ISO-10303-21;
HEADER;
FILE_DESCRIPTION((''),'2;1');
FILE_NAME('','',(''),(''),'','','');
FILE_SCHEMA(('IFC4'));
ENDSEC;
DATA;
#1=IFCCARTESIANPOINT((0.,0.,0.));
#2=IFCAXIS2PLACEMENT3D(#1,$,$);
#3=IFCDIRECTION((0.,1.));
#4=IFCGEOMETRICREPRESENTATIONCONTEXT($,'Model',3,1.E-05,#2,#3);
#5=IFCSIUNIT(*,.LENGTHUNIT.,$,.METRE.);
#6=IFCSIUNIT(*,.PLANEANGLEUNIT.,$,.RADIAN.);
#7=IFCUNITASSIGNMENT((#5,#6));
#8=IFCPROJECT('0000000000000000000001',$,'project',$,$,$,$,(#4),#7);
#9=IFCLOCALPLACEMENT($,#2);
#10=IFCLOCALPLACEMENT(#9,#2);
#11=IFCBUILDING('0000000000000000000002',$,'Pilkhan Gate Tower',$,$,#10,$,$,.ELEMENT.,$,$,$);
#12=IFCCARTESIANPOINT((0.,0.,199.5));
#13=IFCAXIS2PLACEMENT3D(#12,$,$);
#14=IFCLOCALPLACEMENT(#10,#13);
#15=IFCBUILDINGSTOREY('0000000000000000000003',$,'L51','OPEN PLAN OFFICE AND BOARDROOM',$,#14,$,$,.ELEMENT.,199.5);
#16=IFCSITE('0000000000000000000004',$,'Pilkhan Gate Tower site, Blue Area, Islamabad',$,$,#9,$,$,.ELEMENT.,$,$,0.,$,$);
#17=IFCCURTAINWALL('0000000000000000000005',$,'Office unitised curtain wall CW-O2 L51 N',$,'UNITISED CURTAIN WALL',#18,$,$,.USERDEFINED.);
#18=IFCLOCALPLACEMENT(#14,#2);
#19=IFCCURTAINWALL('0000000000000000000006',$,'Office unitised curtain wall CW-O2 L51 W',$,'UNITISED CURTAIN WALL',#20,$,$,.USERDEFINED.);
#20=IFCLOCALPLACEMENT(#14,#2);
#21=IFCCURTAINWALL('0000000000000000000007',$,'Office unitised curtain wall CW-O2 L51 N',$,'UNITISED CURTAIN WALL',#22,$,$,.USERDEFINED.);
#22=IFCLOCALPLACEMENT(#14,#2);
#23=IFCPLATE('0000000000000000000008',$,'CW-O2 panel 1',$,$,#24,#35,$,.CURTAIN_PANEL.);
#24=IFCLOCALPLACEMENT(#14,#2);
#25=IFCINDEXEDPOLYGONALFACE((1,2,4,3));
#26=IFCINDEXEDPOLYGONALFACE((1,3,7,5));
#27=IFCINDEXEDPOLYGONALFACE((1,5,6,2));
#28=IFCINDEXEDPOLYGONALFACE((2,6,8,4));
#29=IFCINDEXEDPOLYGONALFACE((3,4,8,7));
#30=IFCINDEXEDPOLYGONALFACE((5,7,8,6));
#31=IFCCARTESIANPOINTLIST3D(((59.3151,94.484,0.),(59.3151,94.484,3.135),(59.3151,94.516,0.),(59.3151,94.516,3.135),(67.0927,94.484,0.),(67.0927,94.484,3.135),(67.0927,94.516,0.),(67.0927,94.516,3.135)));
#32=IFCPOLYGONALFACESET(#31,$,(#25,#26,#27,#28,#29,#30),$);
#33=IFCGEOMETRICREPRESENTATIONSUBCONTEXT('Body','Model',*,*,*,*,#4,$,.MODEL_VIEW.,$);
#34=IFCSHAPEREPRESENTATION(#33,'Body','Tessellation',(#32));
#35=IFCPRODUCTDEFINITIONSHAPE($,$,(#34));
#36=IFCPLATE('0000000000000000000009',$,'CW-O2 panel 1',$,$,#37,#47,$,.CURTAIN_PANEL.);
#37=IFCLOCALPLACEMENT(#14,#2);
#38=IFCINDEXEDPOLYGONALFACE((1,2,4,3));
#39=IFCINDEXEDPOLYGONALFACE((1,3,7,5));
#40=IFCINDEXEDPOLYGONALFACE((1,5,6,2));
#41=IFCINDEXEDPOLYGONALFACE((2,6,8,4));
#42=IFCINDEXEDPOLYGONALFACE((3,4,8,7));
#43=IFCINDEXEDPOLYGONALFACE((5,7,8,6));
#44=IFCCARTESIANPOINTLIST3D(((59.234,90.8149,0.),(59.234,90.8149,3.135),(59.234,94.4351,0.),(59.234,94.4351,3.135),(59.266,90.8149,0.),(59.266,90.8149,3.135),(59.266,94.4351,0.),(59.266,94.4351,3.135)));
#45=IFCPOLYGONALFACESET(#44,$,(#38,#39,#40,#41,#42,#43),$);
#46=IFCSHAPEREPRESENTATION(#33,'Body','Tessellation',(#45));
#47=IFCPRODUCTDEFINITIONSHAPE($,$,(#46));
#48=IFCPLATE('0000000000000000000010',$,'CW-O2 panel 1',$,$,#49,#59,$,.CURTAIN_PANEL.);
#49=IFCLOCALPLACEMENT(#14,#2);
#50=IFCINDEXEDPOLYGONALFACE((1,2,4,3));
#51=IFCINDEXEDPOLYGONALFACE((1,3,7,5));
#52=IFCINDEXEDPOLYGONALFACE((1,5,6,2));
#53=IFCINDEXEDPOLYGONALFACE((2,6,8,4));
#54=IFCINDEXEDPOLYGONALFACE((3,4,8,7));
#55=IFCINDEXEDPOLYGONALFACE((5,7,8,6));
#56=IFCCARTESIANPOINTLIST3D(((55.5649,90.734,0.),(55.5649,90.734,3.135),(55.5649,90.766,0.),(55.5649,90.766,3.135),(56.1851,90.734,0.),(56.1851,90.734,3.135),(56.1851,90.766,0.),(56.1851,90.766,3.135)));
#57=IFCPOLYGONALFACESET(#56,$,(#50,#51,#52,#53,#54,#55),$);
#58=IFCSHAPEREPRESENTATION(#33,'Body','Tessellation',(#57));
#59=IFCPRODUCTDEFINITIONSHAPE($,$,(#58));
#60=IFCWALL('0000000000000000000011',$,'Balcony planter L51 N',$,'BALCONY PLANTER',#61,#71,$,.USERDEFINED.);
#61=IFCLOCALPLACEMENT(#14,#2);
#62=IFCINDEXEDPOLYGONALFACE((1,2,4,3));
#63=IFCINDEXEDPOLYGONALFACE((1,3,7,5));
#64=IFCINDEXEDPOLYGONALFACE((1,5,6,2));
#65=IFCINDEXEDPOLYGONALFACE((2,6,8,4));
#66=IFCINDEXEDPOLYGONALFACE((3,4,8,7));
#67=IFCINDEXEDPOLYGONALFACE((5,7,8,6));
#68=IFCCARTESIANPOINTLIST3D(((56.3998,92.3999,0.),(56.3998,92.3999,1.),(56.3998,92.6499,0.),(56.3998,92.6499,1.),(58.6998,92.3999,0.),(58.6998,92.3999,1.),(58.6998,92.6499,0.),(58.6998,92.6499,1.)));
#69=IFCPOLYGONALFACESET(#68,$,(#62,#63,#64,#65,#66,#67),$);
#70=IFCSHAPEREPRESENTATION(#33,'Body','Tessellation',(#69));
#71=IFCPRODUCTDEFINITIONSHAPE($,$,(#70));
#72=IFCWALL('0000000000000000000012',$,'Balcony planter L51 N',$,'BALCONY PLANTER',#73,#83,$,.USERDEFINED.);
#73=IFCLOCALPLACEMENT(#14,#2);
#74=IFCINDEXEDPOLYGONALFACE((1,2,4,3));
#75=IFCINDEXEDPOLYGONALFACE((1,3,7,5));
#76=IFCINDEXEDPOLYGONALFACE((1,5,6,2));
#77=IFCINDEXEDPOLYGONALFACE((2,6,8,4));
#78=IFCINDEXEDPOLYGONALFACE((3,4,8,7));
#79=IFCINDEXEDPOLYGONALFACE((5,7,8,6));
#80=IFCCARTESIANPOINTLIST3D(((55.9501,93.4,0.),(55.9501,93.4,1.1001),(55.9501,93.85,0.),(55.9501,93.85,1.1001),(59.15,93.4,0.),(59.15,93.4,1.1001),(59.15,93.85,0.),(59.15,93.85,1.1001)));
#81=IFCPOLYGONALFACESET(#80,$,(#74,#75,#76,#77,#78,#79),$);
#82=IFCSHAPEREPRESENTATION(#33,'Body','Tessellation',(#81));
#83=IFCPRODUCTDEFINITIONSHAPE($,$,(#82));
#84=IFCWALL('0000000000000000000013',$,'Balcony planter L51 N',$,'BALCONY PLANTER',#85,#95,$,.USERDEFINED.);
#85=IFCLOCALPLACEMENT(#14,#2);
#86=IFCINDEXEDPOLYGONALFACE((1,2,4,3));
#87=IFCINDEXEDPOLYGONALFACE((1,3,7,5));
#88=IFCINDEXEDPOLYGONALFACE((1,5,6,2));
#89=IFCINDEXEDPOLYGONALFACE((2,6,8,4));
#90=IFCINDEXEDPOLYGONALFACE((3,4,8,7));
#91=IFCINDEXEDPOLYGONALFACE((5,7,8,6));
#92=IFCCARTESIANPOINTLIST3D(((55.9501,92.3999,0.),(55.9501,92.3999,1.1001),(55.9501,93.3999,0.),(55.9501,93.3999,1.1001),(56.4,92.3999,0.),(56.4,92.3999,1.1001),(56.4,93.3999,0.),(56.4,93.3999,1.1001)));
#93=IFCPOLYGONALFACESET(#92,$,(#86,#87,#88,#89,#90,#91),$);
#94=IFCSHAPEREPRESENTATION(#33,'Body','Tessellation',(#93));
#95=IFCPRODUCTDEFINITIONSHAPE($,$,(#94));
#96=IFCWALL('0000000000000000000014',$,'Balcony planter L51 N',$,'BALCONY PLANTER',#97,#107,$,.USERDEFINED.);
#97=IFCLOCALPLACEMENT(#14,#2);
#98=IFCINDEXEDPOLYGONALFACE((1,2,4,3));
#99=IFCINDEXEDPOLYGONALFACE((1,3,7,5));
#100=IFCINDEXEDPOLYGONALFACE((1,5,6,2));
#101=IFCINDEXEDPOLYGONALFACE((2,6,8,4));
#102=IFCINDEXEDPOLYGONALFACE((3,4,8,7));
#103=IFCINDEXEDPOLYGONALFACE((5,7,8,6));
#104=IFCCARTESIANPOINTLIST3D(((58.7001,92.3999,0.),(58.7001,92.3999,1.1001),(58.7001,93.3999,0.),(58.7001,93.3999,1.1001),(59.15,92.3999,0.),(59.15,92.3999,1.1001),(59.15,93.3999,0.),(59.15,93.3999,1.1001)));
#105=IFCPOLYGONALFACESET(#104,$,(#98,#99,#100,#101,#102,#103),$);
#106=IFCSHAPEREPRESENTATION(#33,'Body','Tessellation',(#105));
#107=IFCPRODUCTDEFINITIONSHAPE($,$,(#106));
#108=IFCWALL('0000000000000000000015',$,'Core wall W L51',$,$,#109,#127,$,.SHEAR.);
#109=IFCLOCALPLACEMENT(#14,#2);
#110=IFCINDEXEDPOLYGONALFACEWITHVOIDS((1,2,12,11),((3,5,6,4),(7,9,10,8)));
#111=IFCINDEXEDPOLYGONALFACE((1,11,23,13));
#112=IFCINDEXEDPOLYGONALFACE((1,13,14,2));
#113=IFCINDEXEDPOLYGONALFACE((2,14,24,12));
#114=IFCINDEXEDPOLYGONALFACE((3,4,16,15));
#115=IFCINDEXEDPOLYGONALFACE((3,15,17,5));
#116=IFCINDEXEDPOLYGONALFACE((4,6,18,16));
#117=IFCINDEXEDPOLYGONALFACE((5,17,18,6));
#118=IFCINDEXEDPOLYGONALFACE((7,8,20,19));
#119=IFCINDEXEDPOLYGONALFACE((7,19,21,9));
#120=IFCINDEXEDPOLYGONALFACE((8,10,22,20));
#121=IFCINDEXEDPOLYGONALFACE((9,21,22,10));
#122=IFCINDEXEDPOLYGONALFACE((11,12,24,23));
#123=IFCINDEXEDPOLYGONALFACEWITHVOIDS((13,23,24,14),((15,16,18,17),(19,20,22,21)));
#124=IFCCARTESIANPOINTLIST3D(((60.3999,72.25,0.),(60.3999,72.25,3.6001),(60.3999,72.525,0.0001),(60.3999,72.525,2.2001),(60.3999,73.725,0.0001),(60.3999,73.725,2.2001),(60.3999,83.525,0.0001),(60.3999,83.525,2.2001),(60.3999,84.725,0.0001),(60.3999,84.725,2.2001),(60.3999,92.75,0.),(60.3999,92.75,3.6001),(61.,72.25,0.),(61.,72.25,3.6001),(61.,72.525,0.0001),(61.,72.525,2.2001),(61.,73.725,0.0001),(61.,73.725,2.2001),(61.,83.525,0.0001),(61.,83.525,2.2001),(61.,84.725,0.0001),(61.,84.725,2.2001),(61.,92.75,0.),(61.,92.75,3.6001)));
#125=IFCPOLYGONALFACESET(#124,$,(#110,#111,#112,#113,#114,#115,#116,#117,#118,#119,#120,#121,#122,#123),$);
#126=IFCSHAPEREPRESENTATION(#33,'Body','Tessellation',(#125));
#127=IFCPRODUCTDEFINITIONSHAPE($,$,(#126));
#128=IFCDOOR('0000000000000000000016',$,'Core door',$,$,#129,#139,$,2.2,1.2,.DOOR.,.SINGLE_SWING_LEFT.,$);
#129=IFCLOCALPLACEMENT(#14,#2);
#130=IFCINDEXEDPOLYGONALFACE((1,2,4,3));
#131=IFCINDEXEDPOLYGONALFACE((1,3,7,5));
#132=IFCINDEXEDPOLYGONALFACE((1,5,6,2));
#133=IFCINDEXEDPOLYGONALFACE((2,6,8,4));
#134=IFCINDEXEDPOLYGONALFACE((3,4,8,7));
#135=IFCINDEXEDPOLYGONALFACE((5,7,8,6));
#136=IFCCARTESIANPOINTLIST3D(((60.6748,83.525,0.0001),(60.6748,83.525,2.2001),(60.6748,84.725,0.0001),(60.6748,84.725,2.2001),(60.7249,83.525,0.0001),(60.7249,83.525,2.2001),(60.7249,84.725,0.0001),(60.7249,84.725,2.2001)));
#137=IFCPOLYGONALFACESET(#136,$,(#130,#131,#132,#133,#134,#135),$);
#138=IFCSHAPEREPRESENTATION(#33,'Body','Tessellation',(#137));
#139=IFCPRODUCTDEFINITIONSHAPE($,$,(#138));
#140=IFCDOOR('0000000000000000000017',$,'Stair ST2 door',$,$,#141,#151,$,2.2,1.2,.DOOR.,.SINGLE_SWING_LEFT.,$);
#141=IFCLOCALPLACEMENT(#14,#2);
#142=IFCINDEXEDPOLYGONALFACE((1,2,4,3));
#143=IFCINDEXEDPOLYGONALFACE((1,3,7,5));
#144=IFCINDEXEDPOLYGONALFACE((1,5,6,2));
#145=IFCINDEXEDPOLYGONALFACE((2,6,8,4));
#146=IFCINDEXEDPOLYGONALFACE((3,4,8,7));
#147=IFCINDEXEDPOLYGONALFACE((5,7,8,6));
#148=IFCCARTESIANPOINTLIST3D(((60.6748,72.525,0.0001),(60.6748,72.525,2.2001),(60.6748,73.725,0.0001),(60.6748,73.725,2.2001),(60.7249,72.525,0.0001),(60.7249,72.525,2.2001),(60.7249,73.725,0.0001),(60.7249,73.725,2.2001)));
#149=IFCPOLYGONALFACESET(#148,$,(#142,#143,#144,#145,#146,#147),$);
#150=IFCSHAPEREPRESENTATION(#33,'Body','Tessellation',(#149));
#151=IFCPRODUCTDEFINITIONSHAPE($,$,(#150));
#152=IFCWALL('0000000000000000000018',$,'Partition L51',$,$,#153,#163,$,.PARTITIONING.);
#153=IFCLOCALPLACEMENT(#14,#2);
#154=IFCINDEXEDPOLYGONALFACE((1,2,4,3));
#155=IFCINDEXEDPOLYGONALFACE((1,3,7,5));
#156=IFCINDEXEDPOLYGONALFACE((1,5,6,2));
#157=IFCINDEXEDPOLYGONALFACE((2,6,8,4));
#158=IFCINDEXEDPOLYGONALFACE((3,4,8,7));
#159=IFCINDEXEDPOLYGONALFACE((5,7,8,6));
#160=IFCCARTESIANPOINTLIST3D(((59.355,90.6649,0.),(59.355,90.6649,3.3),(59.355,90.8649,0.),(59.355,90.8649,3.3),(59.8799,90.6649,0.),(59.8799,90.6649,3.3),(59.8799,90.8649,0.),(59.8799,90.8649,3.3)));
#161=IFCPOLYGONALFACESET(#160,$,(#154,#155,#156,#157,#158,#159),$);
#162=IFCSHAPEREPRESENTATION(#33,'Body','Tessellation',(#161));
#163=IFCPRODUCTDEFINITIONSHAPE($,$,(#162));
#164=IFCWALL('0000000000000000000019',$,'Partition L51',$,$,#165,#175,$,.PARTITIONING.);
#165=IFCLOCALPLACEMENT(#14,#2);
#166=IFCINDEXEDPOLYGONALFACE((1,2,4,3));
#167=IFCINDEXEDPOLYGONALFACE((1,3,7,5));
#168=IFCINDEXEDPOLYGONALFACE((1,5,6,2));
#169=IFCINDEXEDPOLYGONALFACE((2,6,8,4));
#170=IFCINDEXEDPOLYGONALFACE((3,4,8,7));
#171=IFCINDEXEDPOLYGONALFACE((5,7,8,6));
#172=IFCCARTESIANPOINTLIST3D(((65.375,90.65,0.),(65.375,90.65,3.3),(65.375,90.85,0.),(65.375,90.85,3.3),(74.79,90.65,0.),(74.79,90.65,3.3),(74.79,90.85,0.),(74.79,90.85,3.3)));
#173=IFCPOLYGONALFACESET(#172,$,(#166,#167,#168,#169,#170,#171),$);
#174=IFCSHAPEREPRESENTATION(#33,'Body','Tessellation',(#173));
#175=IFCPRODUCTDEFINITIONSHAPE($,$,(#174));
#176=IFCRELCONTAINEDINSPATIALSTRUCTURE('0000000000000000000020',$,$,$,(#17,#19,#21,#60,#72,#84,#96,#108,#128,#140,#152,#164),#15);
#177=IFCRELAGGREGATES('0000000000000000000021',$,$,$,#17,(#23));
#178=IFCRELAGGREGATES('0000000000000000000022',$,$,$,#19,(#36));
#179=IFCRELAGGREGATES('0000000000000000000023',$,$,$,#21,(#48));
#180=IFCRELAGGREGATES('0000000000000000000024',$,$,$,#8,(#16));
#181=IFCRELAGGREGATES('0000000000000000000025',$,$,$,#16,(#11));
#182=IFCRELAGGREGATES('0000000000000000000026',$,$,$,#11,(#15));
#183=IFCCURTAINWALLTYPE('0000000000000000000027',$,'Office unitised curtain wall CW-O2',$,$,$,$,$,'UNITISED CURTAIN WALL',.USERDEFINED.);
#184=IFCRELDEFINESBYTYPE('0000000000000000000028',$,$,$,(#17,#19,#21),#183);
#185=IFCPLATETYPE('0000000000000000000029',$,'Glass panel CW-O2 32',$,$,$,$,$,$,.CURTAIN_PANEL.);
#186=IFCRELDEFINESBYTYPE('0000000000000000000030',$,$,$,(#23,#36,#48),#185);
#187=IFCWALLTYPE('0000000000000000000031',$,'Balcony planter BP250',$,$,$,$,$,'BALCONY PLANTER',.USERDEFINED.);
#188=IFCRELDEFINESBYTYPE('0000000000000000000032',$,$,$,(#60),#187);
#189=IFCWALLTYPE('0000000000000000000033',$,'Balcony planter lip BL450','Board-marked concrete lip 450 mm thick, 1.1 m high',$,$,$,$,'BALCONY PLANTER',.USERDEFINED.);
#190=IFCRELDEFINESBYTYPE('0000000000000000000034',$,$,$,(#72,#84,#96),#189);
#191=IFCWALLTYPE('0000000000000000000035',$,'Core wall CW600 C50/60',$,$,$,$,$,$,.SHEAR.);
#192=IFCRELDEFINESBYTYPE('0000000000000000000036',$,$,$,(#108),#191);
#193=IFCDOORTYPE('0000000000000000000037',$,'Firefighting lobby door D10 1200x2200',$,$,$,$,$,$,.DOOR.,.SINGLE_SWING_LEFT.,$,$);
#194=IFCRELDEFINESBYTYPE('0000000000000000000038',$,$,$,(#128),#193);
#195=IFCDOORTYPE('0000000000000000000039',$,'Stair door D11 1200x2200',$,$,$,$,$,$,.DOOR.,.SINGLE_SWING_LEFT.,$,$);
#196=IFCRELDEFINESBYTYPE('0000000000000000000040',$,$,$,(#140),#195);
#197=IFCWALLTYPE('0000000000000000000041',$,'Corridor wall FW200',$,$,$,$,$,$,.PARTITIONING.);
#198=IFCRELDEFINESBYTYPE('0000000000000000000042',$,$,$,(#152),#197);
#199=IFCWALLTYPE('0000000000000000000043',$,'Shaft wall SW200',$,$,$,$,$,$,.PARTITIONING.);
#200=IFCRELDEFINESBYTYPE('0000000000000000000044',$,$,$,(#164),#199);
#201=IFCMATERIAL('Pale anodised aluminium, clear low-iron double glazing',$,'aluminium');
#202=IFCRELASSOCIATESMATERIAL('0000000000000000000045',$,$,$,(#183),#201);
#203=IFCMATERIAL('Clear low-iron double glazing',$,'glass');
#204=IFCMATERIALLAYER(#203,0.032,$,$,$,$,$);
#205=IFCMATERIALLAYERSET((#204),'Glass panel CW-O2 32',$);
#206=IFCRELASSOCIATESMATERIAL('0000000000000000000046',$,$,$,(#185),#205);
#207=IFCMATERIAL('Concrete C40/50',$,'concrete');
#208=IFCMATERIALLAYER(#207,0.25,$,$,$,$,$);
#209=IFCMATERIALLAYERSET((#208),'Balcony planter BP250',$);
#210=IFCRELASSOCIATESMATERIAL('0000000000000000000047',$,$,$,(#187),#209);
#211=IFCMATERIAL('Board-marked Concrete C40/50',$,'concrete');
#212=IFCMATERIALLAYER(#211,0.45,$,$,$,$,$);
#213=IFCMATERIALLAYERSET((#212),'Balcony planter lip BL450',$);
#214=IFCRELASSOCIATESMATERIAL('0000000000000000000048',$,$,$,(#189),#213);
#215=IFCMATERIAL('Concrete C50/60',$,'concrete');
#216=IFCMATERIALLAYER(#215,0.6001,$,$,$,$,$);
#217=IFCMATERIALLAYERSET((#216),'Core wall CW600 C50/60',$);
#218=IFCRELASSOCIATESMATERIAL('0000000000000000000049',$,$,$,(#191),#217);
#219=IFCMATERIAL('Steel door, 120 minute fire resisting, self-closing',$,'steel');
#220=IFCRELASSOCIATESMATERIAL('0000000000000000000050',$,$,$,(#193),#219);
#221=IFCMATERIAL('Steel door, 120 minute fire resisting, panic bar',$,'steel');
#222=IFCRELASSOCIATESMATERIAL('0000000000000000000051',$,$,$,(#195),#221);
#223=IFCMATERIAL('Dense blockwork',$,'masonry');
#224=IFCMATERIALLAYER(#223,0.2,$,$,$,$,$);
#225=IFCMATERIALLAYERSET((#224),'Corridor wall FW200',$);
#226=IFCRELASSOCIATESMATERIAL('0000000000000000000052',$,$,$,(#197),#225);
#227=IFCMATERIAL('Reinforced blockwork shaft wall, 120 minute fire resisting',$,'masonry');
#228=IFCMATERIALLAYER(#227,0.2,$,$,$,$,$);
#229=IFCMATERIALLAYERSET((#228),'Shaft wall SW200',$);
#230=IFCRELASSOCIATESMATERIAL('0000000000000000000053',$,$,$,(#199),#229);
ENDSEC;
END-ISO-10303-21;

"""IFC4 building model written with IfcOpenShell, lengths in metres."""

from ifc_helpers import new_model, si_unit, direction, frame, frame_2d, origin, origin_2d, place, context, subcontext, project, spatial, rectangle, extrude, material, layer, layer_set, type_object, element, fill, aggregate, save


model = new_model("IFC4")

# Units and contexts
model_context = context("Model", 3, precision=1e-05, world=origin(), true_north=direction((0.0, 1.0)))
body_context = subcontext(model_context, "Body", "Model", "MODEL_VIEW")
ifc_project = project(units=[si_unit("LENGTHUNIT", "METRE"), si_unit("PLANEANGLEUNIT", "RADIAN")], contexts=[model_context])

# Site, building, storey
site_placement = place(None, origin())
site = spatial("IfcSite", under=ifc_project, at=site_placement, Name="Pilkhan Gate Tower site, Blue Area, Islamabad", CompositionType="ELEMENT", RefElevation=0.0)
building_placement = place(site_placement, origin())
building = spatial("IfcBuilding", under=site, at=building_placement, Name="Pilkhan Gate Tower", CompositionType="ELEMENT")
storey_placement = place(building_placement, frame((0.0, 0.0, 199.5)))
storey = spatial("IfcBuildingStorey", under=building, at=storey_placement, Name="L51", Description="OPEN PLAN OFFICE AND BOARDROOM", CompositionType="ELEMENT", Elevation=199.5)

# Shared definitions
ifc_material_1 = material(Name="Concrete C50/60", Category="concrete")

# Curtain walls
ifc_material_2 = material(Name="Pale anodised aluminium, clear low-iron double glazing", Category="aluminium")
curtain_wall_type = type_object("IfcCurtainWallType", Name="Office unitised curtain wall CW-O2", ElementType="UNITISED CURTAIN WALL", PredefinedType="USERDEFINED", material=ifc_material_2)
curtain_wall_1_placement = place(storey_placement, origin())
curtain_wall_1 = element("IfcCurtainWall", 1, at=curtain_wall_1_placement, inside=storey, type_object=curtain_wall_type, Name="Office unitised curtain wall CW-O2 L51 N", ObjectType="UNITISED CURTAIN WALL", PredefinedType="USERDEFINED")
curtain_wall_2_placement = place(storey_placement, origin())
curtain_wall_2 = element("IfcCurtainWall", 2, at=curtain_wall_2_placement, inside=storey, type_object=curtain_wall_type, Name="Office unitised curtain wall CW-O2 L51 W", ObjectType="UNITISED CURTAIN WALL", PredefinedType="USERDEFINED")
curtain_wall_3_placement = place(storey_placement, origin())
curtain_wall_3 = element("IfcCurtainWall", 3, at=curtain_wall_3_placement, inside=storey, type_object=curtain_wall_type, Name="Office unitised curtain wall CW-O2 L51 N", ObjectType="UNITISED CURTAIN WALL", PredefinedType="USERDEFINED")

# Plates
ifc_material_3 = material(Name="Clear low-iron double glazing", Category="glass")
ifc_layer_1 = layer(ifc_material_3, 0.032)
ifc_layer_set_1 = layer_set([ifc_layer_1], Name="Glass panel CW-O2 32")
plate_type = type_object("IfcPlateType", Name="Glass panel CW-O2 32", PredefinedType="CURTAIN_PANEL", material=ifc_layer_set_1)
plate_1_placement = place(storey_placement, frame((63.2039, 94.5, 0.0), z_axis=(0.0, 0.0, 1.0), x_axis=(1.0, 0.0, 0.0)))
plate_1 = element("IfcPlate", 4, at=plate_1_placement, type_object=plate_type, Name="CW-O2 panel 1", PredefinedType="CURTAIN_PANEL", context=body_context, shape_type="SweptSolid", body=[
    extrude(rectangle(XDim=7.7776, YDim=0.032, at=origin_2d()), origin(), (0.0, 0.0, 1.0), 3.135),
])
aggregate(curtain_wall_1, [plate_1])
plate_2_placement = place(storey_placement, frame((59.25, 92.625, 0.0), z_axis=(0.0, 0.0, 1.0), x_axis=(0.0, 1.0, 0.0)))
plate_2 = element("IfcPlate", 5, at=plate_2_placement, type_object=plate_type, Name="CW-O2 panel 1", PredefinedType="CURTAIN_PANEL", context=body_context, shape_type="SweptSolid", body=[
    extrude(rectangle(XDim=3.6201, YDim=0.032, at=origin_2d()), origin(), (0.0, 0.0, 1.0), 3.135),
])
aggregate(curtain_wall_2, [plate_2])
plate_3_placement = place(storey_placement, frame((55.875, 90.75, 0.0), z_axis=(0.0, 0.0, 1.0), x_axis=(1.0, 0.0, 0.0)))
plate_3 = element("IfcPlate", 6, at=plate_3_placement, type_object=plate_type, Name="CW-O2 panel 1", PredefinedType="CURTAIN_PANEL", context=body_context, shape_type="SweptSolid", body=[
    extrude(rectangle(XDim=0.6201, YDim=0.032, at=origin_2d()), origin(), (0.0, 0.0, 1.0), 3.135),
])
aggregate(curtain_wall_3, [plate_3])

# Walls
ifc_material_4 = material(Name="Concrete C40/50", Category="concrete")
ifc_layer_2 = layer(ifc_material_4, 0.25)
ifc_layer_set_2 = layer_set([ifc_layer_2], Name="Balcony planter BP250")
wall_type_1 = type_object("IfcWallType", Name="Balcony planter BP250", ElementType="BALCONY PLANTER", PredefinedType="USERDEFINED", material=ifc_layer_set_2)
wall_1_placement = place(storey_placement, frame((56.3999, 92.5249, 0.0), z_axis=(0.0, 0.0, 1.0), x_axis=(1.0, 0.0, 0.0)))
element("IfcWall", 7, at=wall_1_placement, inside=storey, type_object=wall_type_1, Name="Balcony planter L51 N", ObjectType="BALCONY PLANTER", PredefinedType="USERDEFINED", context=body_context, shape_type="SweptSolid", body=[
    extrude(rectangle(XDim=2.3, YDim=0.25, at=frame_2d((1.1499, 0.0))), origin(), (0.0, 0.0, 1.0), 1.0),
])
ifc_material_5 = material(Name="Board-marked Concrete C40/50", Category="concrete")
ifc_layer_3 = layer(ifc_material_5, 0.45)
ifc_layer_set_3 = layer_set([ifc_layer_3], Name="Balcony planter lip BL450")
wall_type_2 = type_object("IfcWallType", Name="Balcony planter lip BL450", Description="Board-marked concrete lip 450 mm thick, 1.1 m high", ElementType="BALCONY PLANTER", PredefinedType="USERDEFINED", material=ifc_layer_set_3)
wall_2_placement = place(storey_placement, frame((55.95, 93.625, 0.0), z_axis=(0.0, 0.0, 1.0), x_axis=(1.0, 0.0, 0.0)))
element("IfcWall", 8, at=wall_2_placement, inside=storey, type_object=wall_type_2, Name="Balcony planter L51 N", ObjectType="BALCONY PLANTER", PredefinedType="USERDEFINED", context=body_context, shape_type="SweptSolid", body=[
    extrude(rectangle(XDim=3.2, YDim=0.45, at=frame_2d((1.6001, 0.0))), origin(), (0.0, 0.0, 1.0), 1.1001),
])
for number, where, z_axis, x_axis, name in (
    (9, (56.175, 92.3999, 0.0), (0.0, 0.0, 1.0), (0.0, 1.0, 0.0), "Balcony planter L51 N"),
    (10, (58.925, 92.3999, 0.0), (0.0, 0.0, 1.0), (0.0, 1.0, 0.0), "Balcony planter L51 N"),
):
    element("IfcWall", number, at=place(storey_placement, frame(where, z_axis=z_axis, x_axis=x_axis)), inside=storey, type_object=wall_type_2, Name=name, ObjectType="BALCONY PLANTER", PredefinedType="USERDEFINED", context=body_context, shape_type="SweptSolid", body=[
        extrude(rectangle(XDim=1.0, YDim=0.45, at=frame_2d((0.5, 0.0))), origin(), (0.0, 0.0, 1.0), 1.1001),
    ])

# Wall, openings, doors
ifc_layer_4 = layer(ifc_material_1, 0.6001)
ifc_layer_set_4 = layer_set([ifc_layer_4], Name="Core wall CW600 C50/60")
wall_type_3 = type_object("IfcWallType", Name="Core wall CW600 C50/60", PredefinedType="SHEAR", material=ifc_layer_set_4)
wall_3_placement = place(storey_placement, frame((60.7, 92.75, 0.0), z_axis=(0.0, 0.0, 1.0), x_axis=(0.0, -1.0, 0.0)))
wall_3 = element("IfcWall", 11, at=wall_3_placement, inside=storey, type_object=wall_type_3, Name="Core wall W L51", PredefinedType="SHEAR", context=body_context, shape_type="SweptSolid", body=[
    extrude(rectangle(XDim=20.5, YDim=0.6001, at=frame_2d((10.25, 0.0))), origin(), (0.0, 0.0, 1.0), 3.6001),
])
opening_1_placement = place(wall_3_placement, frame((19.0249, 0.0, 0.0)))
opening_1 = element("IfcOpeningElement", 12, at=opening_1_placement, cuts=wall_3, PredefinedType="OPENING", context=body_context, shape_type="SweptSolid", body=[
    extrude(rectangle(XDim=1.2, YDim=2.2, at=frame_2d((0.6001, 1.1001))), frame((0.0, 0.3101, 0.0), z_axis=(0.0, -1.0, 0.0), x_axis=(1.0, 0.0, 0.0)), (0.0, 0.0, 1.0), 0.6201),
])
opening_2_placement = place(wall_3_placement, frame((8.0249, 0.0, 0.0)))
opening_2 = element("IfcOpeningElement", 13, at=opening_2_placement, cuts=wall_3, PredefinedType="OPENING", context=body_context, shape_type="SweptSolid", body=[
    extrude(rectangle(XDim=1.2, YDim=2.2, at=frame_2d((0.6001, 1.1001))), frame((0.0, 0.3101, 0.0), z_axis=(0.0, -1.0, 0.0), x_axis=(1.0, 0.0, 0.0)), (0.0, 0.0, 1.0), 0.6201),
])
ifc_material_6 = material(Name="Steel door, 120 minute fire resisting, self-closing", Category="steel")
door_type_1 = type_object("IfcDoorType", Name="Firefighting lobby door D10 1200x2200", OperationType="SINGLE_SWING_LEFT", PredefinedType="DOOR", material=ifc_material_6)
door_1_placement = place(opening_2_placement, origin())
door_1 = element("IfcDoor", 14, at=door_1_placement, inside=storey, type_object=door_type_1, Name="Core door", OperationType="SINGLE_SWING_LEFT", OverallHeight=2.2, OverallWidth=1.2, PredefinedType="DOOR", context=body_context, shape_type="SweptSolid", body=[
    extrude(rectangle(XDim=1.2, YDim=2.2, at=frame_2d((0.6001, 1.1001))), frame((0.0, 0.0249, 0.0), z_axis=(0.0, -1.0, 0.0), x_axis=(1.0, 0.0, 0.0)), (0.0, 0.0, 1.0), 0.05),
])
fill(opening_2, door_1)
ifc_material_7 = material(Name="Steel door, 120 minute fire resisting, panic bar", Category="steel")
door_type_2 = type_object("IfcDoorType", Name="Stair door D11 1200x2200", OperationType="SINGLE_SWING_LEFT", PredefinedType="DOOR", material=ifc_material_7)
door_2_placement = place(opening_1_placement, origin())
door_2 = element("IfcDoor", 15, at=door_2_placement, inside=storey, type_object=door_type_2, Name="Stair ST2 door", OperationType="SINGLE_SWING_LEFT", OverallHeight=2.2, OverallWidth=1.2, PredefinedType="DOOR", context=body_context, shape_type="SweptSolid", body=[
    extrude(rectangle(XDim=1.2, YDim=2.2, at=frame_2d((0.6001, 1.1001))), frame((0.0, 0.0249, 0.0), z_axis=(0.0, -1.0, 0.0), x_axis=(1.0, 0.0, 0.0)), (0.0, 0.0, 1.0), 0.05),
])
fill(opening_1, door_2)

# Wall
ifc_material_8 = material(Name="Dense blockwork", Category="masonry")
ifc_layer_5 = layer(ifc_material_8, 0.2)
ifc_layer_set_5 = layer_set([ifc_layer_5], Name="Corridor wall FW200")
wall_type_4 = type_object("IfcWallType", Name="Corridor wall FW200", PredefinedType="PARTITIONING", material=ifc_layer_set_5)
wall_4_placement = place(storey_placement, frame((59.355, 90.7649, 0.0), z_axis=(0.0, 0.0, 1.0), x_axis=(1.0, 0.0, 0.0)))
element("IfcWall", 16, at=wall_4_placement, inside=storey, type_object=wall_type_4, Name="Partition L51", PredefinedType="PARTITIONING", context=body_context, shape_type="SweptSolid", body=[
    extrude(rectangle(XDim=0.5249, YDim=0.2, at=frame_2d((0.2625, 0.0))), origin(), (0.0, 0.0, 1.0), 3.3),
])

# Wall
ifc_material_9 = material(Name="Reinforced blockwork shaft wall, 120 minute fire resisting", Category="masonry")
ifc_layer_6 = layer(ifc_material_9, 0.2)
ifc_layer_set_6 = layer_set([ifc_layer_6], Name="Shaft wall SW200")
wall_type_5 = type_object("IfcWallType", Name="Shaft wall SW200", PredefinedType="PARTITIONING", material=ifc_layer_set_6)
wall_5_placement = place(storey_placement, frame((65.375, 90.75, 0.0), z_axis=(0.0, 0.0, 1.0), x_axis=(1.0, 0.0, 0.0)))
element("IfcWall", 17, at=wall_5_placement, inside=storey, type_object=wall_type_5, Name="Partition L51", PredefinedType="PARTITIONING", context=body_context, shape_type="SweptSolid", body=[
    extrude(rectangle(XDim=9.415, YDim=0.2, at=frame_2d((4.7075, 0.0))), origin(), (0.0, 0.0, 1.0), 3.3),
])

save(model, "model.ifc")
